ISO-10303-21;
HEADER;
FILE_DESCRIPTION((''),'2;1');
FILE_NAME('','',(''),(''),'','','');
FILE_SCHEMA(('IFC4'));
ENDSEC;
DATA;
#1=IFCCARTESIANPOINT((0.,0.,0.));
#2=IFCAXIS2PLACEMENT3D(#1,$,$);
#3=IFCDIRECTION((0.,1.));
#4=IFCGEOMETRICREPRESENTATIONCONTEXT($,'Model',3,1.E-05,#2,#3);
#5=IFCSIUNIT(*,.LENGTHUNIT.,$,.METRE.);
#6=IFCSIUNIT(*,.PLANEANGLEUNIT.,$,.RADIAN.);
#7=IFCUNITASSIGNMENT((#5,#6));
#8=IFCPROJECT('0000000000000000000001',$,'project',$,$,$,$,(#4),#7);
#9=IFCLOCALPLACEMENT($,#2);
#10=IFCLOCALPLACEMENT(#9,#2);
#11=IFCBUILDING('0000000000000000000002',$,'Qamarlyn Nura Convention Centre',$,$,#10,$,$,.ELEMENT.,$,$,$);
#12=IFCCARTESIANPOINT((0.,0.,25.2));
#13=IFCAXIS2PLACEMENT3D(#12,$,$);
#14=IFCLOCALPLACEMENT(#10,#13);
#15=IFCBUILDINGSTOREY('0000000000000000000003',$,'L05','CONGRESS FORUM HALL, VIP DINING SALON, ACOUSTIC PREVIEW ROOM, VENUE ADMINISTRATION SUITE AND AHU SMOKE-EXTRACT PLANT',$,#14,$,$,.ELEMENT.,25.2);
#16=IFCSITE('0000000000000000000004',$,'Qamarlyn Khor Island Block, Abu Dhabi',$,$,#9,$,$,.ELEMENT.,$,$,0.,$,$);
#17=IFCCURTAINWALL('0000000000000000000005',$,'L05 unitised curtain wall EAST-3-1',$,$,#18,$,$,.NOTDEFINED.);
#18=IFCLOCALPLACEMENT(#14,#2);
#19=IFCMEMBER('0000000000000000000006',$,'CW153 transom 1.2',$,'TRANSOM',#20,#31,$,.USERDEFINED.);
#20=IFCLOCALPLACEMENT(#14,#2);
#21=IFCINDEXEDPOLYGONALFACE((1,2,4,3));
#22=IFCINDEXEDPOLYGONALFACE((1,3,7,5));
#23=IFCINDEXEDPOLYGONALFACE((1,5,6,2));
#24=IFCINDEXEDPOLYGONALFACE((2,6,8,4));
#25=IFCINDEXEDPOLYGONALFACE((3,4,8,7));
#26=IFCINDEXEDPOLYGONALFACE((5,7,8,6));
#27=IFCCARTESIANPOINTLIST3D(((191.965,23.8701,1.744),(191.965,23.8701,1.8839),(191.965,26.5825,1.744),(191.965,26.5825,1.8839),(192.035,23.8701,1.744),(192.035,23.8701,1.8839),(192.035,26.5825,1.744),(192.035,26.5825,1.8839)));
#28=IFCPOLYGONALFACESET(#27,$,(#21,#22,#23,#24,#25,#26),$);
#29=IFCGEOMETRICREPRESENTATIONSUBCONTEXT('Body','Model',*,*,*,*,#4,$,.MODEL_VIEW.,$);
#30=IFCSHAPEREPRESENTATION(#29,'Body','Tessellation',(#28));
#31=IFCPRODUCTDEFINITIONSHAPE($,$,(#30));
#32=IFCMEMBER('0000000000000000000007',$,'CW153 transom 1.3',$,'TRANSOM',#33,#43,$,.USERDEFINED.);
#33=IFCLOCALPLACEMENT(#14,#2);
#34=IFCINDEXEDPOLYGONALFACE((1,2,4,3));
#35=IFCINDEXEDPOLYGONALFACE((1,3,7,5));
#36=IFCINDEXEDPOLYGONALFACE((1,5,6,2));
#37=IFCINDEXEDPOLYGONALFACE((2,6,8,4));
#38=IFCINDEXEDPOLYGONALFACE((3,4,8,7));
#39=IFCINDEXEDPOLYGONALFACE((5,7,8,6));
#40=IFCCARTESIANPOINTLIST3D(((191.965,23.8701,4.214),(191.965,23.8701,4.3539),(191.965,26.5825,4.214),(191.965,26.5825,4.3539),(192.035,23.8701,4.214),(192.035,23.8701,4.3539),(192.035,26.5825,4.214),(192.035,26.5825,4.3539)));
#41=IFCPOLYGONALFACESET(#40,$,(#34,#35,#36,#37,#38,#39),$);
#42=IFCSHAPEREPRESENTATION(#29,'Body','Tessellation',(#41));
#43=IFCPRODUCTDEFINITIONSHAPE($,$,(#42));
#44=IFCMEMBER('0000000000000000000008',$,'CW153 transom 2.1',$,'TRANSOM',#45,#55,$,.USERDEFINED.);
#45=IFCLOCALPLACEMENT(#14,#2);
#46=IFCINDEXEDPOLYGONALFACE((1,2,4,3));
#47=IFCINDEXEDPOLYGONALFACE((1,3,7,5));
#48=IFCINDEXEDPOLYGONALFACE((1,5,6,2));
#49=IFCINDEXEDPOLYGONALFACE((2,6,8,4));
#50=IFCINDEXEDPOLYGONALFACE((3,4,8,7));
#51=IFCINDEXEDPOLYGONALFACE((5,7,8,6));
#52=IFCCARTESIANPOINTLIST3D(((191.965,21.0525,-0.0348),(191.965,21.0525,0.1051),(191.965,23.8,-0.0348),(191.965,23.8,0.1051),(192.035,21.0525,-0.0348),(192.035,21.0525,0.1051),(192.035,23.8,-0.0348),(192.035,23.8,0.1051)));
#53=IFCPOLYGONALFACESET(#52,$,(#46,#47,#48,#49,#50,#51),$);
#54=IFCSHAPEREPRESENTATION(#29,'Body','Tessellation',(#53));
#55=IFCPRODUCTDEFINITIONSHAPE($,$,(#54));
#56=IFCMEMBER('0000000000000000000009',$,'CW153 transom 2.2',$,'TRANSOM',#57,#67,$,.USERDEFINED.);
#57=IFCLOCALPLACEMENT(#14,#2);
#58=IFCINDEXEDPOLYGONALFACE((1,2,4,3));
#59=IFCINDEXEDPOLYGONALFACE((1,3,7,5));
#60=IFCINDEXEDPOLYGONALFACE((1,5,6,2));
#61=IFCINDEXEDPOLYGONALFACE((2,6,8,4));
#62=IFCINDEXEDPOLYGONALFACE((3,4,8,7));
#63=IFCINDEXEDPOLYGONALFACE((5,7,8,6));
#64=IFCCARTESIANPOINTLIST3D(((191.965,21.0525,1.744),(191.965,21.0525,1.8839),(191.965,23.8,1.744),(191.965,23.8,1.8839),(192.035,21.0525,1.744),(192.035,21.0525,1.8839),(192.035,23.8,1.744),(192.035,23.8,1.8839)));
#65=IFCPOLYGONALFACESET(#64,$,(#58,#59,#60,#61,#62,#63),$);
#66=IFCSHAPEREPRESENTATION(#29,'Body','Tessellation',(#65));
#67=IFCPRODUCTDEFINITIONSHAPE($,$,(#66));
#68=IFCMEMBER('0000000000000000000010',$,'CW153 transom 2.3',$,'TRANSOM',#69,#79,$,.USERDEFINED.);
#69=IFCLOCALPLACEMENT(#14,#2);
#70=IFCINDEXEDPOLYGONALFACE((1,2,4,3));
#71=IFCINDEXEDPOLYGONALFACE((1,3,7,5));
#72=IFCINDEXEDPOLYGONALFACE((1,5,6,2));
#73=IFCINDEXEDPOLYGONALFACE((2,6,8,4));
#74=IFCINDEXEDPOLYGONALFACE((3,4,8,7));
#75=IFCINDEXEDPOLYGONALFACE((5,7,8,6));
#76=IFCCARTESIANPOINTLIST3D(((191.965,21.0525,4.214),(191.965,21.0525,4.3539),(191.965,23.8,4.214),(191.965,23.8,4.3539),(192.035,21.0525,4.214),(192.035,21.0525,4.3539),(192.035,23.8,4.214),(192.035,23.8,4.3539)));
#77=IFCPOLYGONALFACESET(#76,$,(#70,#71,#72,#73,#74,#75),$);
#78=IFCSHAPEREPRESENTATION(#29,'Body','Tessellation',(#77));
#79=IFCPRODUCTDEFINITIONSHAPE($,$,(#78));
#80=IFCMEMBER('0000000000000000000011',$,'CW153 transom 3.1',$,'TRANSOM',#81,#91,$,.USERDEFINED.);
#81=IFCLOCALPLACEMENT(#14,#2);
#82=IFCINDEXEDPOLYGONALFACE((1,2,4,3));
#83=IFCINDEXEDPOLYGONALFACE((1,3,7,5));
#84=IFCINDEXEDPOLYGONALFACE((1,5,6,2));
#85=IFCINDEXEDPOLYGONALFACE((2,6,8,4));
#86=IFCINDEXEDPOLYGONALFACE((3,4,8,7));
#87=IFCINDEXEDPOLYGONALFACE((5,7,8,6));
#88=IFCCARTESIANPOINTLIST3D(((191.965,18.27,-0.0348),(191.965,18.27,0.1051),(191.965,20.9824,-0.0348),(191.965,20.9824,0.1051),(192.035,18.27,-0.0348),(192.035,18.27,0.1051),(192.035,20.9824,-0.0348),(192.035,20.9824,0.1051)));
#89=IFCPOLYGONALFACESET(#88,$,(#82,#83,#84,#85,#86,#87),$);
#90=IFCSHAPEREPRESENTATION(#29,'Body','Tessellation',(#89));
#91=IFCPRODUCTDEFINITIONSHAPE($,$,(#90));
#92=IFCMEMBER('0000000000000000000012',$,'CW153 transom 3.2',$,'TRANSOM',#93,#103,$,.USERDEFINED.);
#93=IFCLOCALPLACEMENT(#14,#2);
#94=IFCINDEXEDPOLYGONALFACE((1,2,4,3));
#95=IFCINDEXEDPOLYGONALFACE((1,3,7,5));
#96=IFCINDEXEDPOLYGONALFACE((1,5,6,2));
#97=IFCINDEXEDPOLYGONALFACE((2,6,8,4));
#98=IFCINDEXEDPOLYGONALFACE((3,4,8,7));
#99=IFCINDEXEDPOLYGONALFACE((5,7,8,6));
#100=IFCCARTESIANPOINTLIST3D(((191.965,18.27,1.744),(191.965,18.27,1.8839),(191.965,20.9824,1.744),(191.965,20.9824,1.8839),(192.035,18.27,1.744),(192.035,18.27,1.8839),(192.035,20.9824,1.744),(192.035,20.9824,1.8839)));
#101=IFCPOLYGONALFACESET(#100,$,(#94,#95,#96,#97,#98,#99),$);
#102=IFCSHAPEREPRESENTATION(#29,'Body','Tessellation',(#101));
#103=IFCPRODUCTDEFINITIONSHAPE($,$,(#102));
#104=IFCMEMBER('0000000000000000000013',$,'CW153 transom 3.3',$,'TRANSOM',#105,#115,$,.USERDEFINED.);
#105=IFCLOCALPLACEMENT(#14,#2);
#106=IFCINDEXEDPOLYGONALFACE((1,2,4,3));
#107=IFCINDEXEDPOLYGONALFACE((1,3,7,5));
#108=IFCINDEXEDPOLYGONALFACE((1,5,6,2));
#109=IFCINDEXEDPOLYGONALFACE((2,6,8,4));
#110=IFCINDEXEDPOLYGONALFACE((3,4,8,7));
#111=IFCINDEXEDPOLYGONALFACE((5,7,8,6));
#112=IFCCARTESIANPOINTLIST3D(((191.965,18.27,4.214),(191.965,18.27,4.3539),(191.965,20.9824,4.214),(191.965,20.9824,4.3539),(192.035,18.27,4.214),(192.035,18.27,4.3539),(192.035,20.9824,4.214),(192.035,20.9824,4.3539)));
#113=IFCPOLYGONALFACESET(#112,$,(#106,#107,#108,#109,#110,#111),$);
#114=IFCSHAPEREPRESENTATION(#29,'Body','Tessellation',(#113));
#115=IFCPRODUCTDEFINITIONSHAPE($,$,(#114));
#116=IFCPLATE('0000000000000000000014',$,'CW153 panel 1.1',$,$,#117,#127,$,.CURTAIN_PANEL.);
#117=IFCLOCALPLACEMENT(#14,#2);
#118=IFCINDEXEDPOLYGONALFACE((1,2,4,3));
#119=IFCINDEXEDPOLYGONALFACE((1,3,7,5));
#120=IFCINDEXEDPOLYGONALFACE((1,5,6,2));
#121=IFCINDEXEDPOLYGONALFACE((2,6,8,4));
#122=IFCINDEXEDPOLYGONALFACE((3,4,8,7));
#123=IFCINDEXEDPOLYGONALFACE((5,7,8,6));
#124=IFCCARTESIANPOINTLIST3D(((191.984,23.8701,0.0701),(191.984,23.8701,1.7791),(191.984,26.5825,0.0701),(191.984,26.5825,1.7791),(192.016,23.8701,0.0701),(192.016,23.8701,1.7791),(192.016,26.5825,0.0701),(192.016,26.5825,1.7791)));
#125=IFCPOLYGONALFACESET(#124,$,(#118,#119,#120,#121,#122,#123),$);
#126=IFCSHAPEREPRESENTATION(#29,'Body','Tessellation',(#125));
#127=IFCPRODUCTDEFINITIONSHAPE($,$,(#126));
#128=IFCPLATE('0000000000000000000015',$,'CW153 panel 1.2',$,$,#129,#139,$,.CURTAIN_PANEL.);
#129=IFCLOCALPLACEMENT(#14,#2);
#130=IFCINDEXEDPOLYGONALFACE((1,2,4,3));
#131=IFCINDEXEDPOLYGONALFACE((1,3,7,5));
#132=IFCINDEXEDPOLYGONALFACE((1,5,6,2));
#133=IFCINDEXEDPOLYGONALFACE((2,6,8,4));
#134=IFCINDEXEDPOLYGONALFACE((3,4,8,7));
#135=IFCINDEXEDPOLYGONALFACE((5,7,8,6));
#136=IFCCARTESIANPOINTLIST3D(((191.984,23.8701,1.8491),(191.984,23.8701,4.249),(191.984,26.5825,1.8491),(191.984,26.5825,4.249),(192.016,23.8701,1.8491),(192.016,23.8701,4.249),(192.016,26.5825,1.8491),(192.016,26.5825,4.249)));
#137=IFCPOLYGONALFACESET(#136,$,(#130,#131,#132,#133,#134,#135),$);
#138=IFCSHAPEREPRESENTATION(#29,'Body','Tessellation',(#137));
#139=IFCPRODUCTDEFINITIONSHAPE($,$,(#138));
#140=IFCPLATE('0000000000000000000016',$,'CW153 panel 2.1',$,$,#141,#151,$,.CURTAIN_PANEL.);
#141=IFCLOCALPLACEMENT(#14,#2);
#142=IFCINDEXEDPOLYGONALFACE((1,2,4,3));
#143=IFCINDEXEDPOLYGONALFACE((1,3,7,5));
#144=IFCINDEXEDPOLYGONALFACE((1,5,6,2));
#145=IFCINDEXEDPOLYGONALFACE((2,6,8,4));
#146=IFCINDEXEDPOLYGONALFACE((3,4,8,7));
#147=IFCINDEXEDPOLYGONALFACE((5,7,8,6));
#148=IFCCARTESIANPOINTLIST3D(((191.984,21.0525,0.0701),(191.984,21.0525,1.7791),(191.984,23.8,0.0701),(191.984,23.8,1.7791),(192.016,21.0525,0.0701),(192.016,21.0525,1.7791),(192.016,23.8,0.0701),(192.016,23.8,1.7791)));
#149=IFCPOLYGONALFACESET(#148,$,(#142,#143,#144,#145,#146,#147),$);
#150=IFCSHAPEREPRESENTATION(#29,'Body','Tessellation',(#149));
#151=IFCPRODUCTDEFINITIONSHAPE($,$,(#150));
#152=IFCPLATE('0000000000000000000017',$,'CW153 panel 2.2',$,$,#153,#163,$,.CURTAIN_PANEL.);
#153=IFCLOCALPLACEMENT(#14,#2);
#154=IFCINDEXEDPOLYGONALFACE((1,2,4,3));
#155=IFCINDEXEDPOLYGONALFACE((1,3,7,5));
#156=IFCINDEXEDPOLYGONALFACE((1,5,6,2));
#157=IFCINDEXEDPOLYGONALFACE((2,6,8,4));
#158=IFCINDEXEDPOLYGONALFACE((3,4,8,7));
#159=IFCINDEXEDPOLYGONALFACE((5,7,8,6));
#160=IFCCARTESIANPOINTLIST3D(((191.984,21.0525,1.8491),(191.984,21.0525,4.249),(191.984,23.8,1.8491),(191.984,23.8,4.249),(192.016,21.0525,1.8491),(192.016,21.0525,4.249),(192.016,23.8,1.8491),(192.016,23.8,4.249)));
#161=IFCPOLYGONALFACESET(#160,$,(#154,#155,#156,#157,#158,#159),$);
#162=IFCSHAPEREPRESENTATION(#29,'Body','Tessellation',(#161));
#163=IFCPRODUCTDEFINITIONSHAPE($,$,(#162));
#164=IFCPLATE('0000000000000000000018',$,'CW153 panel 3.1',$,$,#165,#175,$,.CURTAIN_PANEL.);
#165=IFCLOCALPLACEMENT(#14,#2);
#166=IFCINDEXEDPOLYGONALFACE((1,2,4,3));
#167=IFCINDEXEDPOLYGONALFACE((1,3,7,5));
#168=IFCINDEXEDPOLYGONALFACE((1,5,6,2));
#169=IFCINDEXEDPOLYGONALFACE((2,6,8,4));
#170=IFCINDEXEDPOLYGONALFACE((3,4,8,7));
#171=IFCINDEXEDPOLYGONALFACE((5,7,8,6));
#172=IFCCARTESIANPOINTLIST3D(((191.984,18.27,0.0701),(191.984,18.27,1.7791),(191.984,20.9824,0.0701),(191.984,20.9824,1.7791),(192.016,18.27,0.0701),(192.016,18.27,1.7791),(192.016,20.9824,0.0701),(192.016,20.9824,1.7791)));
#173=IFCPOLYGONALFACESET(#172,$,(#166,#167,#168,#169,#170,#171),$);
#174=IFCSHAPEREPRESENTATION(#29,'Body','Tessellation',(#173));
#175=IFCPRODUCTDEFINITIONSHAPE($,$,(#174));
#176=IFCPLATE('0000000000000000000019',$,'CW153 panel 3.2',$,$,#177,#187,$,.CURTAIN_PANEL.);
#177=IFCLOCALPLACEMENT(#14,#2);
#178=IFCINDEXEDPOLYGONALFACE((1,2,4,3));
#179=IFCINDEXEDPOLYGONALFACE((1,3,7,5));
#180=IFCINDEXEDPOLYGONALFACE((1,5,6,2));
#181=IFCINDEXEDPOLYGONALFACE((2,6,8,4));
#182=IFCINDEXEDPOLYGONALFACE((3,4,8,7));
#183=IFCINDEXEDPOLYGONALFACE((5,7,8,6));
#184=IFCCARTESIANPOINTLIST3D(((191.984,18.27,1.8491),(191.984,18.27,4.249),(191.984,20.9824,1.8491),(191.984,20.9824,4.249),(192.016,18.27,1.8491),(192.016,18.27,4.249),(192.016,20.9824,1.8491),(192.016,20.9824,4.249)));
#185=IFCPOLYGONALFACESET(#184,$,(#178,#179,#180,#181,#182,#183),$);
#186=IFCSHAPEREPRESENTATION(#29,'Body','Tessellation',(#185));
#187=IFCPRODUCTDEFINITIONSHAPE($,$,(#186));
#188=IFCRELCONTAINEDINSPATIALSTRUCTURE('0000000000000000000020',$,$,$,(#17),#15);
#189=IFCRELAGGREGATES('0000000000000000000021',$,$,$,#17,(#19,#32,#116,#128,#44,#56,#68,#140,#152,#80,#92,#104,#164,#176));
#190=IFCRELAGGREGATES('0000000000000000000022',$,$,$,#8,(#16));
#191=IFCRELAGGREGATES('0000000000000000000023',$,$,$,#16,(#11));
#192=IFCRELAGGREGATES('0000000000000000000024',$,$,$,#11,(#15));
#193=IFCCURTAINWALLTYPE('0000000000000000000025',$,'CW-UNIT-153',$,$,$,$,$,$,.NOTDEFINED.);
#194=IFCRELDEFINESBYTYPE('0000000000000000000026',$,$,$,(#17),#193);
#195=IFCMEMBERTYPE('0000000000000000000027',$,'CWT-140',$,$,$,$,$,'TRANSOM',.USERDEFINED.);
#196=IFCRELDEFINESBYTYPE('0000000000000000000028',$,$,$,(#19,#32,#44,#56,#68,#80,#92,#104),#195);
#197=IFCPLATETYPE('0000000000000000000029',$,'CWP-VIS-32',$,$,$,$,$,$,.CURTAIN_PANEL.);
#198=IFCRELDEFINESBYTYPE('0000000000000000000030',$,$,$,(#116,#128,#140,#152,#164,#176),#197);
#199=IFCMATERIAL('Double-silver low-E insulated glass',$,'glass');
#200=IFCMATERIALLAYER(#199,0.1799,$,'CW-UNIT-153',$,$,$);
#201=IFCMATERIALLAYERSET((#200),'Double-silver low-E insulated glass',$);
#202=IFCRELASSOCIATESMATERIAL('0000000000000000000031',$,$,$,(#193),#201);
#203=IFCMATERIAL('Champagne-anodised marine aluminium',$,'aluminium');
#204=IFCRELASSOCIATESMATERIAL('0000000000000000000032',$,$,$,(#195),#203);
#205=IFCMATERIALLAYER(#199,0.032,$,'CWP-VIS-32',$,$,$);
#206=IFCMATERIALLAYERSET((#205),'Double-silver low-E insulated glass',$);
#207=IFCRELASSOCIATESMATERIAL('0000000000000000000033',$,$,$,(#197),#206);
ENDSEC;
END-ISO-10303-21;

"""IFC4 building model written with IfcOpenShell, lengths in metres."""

from ifc_helpers import new_model, si_unit, direction, frame, origin, origin_2d, place, context, subcontext, project, spatial, rectangle, extrude, material, layer, layer_set, material_profile, profile_set, type_object, element, aggregate, save


model = new_model("IFC4")

# Units and contexts
model_context = context("Model", 3, precision=1e-05, world=origin(), true_north=direction((0.0, 1.0)))
body_context = subcontext(model_context, "Body", "Model", "MODEL_VIEW")
ifc_project = project(units=[si_unit("LENGTHUNIT", "METRE"), si_unit("PLANEANGLEUNIT", "RADIAN")], contexts=[model_context])

# Site, building, storey
site_placement = place(None, origin())
site = spatial("IfcSite", under=ifc_project, at=site_placement, Name="Qamarlyn Khor Island Block, Abu Dhabi", CompositionType="ELEMENT", RefElevation=0.0)
building_placement = place(site_placement, origin())
building = spatial("IfcBuilding", under=site, at=building_placement, Name="Qamarlyn Nura Convention Centre", CompositionType="ELEMENT")
storey_placement = place(building_placement, frame((0.0, 0.0, 25.2)))
storey = spatial("IfcBuildingStorey", under=building, at=storey_placement, Name="L05", Description="CONGRESS FORUM HALL, VIP DINING SALON, ACOUSTIC PREVIEW ROOM, VENUE ADMINISTRATION SUITE AND AHU SMOKE-EXTRACT PLANT", CompositionType="ELEMENT", Elevation=25.2)

# Curtain wall, members, plates
ifc_material_1 = material(Name="Double-silver low-E insulated glass", Category="glass")
ifc_layer_1 = layer(ifc_material_1, 0.1799, Name="CW-UNIT-153")
ifc_layer_set_1 = layer_set([ifc_layer_1], Name="Double-silver low-E insulated glass")
curtain_wall_type = type_object("IfcCurtainWallType", Name="CW-UNIT-153", PredefinedType="NOTDEFINED", material=ifc_layer_set_1)
curtain_wall_placement = place(storey_placement, origin())
curtain_wall = element("IfcCurtainWall", 1, at=curtain_wall_placement, inside=storey, type_object=curtain_wall_type, Name="L05 unitised curtain wall EAST-3-1", PredefinedType="NOTDEFINED")
ifc_material_2 = material(Name="Champagne-anodised marine aluminium", Category="aluminium")
ifc_material_profile_1 = material_profile(ifc_material_2, rectangle(XDim=0.0701, YDim=0.1399, at=origin_2d()), Name="ALU TRANSOM 70x140")
ifc_profile_set_1 = profile_set([ifc_material_profile_1], Name="Champagne-anodised marine aluminium")
member_type_1 = type_object("IfcMemberType", Name="CWT-140", ElementType="TRANSOM", PredefinedType="USERDEFINED", material=ifc_profile_set_1)
member_1_placement = place(storey_placement, frame((192.0, 26.5825, 1.814), z_axis=(0.0, -1.0, 0.0), x_axis=(1.0, 0.0, 0.0)))
member_1 = element("IfcMember", 2, at=member_1_placement, type_object=member_type_1, Name="CW153 transom 1.2", ObjectType="TRANSOM", PredefinedType="USERDEFINED", context=body_context, shape_type="SweptSolid", body=[
    extrude(rectangle(XDim=0.0701, YDim=0.1399, at=origin_2d()), origin(), (0.0, 0.0, 1.0), 2.7124),
])
member_2_placement = place(storey_placement, frame((192.0, 26.5825, 4.2839), z_axis=(0.0, -1.0, 0.0), x_axis=(1.0, 0.0, 0.0)))
member_2 = element("IfcMember", 3, at=member_2_placement, type_object=member_type_1, Name="CW153 transom 1.3", ObjectType="TRANSOM", PredefinedType="USERDEFINED", context=body_context, shape_type="SweptSolid", body=[
    extrude(rectangle(XDim=0.0701, YDim=0.1399, at=origin_2d()), origin(), (0.0, 0.0, 1.0), 2.7124),
])
member_3_placement = place(storey_placement, frame((192.0, 23.8, 0.0352), z_axis=(0.0, -1.0, 0.0), x_axis=(1.0, 0.0, 0.0)))
member_3 = element("IfcMember", 4, at=member_3_placement, type_object=member_type_1, Name="CW153 transom 2.1", ObjectType="TRANSOM", PredefinedType="USERDEFINED", context=body_context, shape_type="SweptSolid", body=[
    extrude(rectangle(XDim=0.0701, YDim=0.1399, at=origin_2d()), origin(), (0.0, 0.0, 1.0), 2.7476),
])
member_4_placement = place(storey_placement, frame((192.0, 23.8, 1.814), z_axis=(0.0, -1.0, 0.0), x_axis=(1.0, 0.0, 0.0)))
member_4 = element("IfcMember", 5, at=member_4_placement, type_object=member_type_1, Name="CW153 transom 2.2", ObjectType="TRANSOM", PredefinedType="USERDEFINED", context=body_context, shape_type="SweptSolid", body=[
    extrude(rectangle(XDim=0.0701, YDim=0.1399, at=origin_2d()), origin(), (0.0, 0.0, 1.0), 2.7476),
])
member_5_placement = place(storey_placement, frame((192.0, 23.8, 4.2839), z_axis=(0.0, -1.0, 0.0), x_axis=(1.0, 0.0, 0.0)))
member_5 = element("IfcMember", 6, at=member_5_placement, type_object=member_type_1, Name="CW153 transom 2.3", ObjectType="TRANSOM", PredefinedType="USERDEFINED", context=body_context, shape_type="SweptSolid", body=[
    extrude(rectangle(XDim=0.0701, YDim=0.1399, at=origin_2d()), origin(), (0.0, 0.0, 1.0), 2.7476),
])
member_6_placement = place(storey_placement, frame((192.0, 20.9824, 0.0352), z_axis=(0.0, -1.0, 0.0), x_axis=(1.0, 0.0, 0.0)))
member_6 = element("IfcMember", 7, at=member_6_placement, type_object=member_type_1, Name="CW153 transom 3.1", ObjectType="TRANSOM", PredefinedType="USERDEFINED", context=body_context, shape_type="SweptSolid", body=[
    extrude(rectangle(XDim=0.0701, YDim=0.1399, at=origin_2d()), origin(), (0.0, 0.0, 1.0), 2.7124),
])
member_7_placement = place(storey_placement, frame((192.0, 20.9824, 1.814), z_axis=(0.0, -1.0, 0.0), x_axis=(1.0, 0.0, 0.0)))
member_7 = element("IfcMember", 8, at=member_7_placement, type_object=member_type_1, Name="CW153 transom 3.2", ObjectType="TRANSOM", PredefinedType="USERDEFINED", context=body_context, shape_type="SweptSolid", body=[
    extrude(rectangle(XDim=0.0701, YDim=0.1399, at=origin_2d()), origin(), (0.0, 0.0, 1.0), 2.7124),
])
member_8_placement = place(storey_placement, frame((192.0, 20.9824, 4.2839), z_axis=(0.0, -1.0, 0.0), x_axis=(1.0, 0.0, 0.0)))
member_8 = element("IfcMember", 9, at=member_8_placement, type_object=member_type_1, Name="CW153 transom 3.3", ObjectType="TRANSOM", PredefinedType="USERDEFINED", context=body_context, shape_type="SweptSolid", body=[
    extrude(rectangle(XDim=0.0701, YDim=0.1399, at=origin_2d()), origin(), (0.0, 0.0, 1.0), 2.7124),
])
ifc_layer_2 = layer(ifc_material_1, 0.032, Name="CWP-VIS-32")
ifc_layer_set_2 = layer_set([ifc_layer_2], Name="Double-silver low-E insulated glass")
plate_type = type_object("IfcPlateType", Name="CWP-VIS-32", PredefinedType="CURTAIN_PANEL", material=ifc_layer_set_2)
plate_1_placement = place(storey_placement, frame((192.0, 25.2263, 0.0701), z_axis=(0.0, 0.0, 1.0), x_axis=(0.0, -1.0, 0.0)))
plate_1 = element("IfcPlate", 10, at=plate_1_placement, type_object=plate_type, Name="CW153 panel 1.1", PredefinedType="CURTAIN_PANEL", context=body_context, shape_type="SweptSolid", body=[
    extrude(rectangle(XDim=2.7124, YDim=0.032, at=origin_2d()), origin(), (0.0, 0.0, 1.0), 1.709),
])
plate_2_placement = place(storey_placement, frame((192.0, 25.2263, 1.8491), z_axis=(0.0, 0.0, 1.0), x_axis=(0.0, -1.0, 0.0)))
plate_2 = element("IfcPlate", 11, at=plate_2_placement, type_object=plate_type, Name="CW153 panel 1.2", PredefinedType="CURTAIN_PANEL", context=body_context, shape_type="SweptSolid", body=[
    extrude(rectangle(XDim=2.7124, YDim=0.032, at=origin_2d()), origin(), (0.0, 0.0, 1.0), 2.3999),
])
plate_3_placement = place(storey_placement, frame((192.0, 22.4263, 0.0701), z_axis=(0.0, 0.0, 1.0), x_axis=(0.0, -1.0, 0.0)))
plate_3 = element("IfcPlate", 12, at=plate_3_placement, type_object=plate_type, Name="CW153 panel 2.1", PredefinedType="CURTAIN_PANEL", context=body_context, shape_type="SweptSolid", body=[
    extrude(rectangle(XDim=2.7476, YDim=0.032, at=origin_2d()), origin(), (0.0, 0.0, 1.0), 1.709),
])
plate_4_placement = place(storey_placement, frame((192.0, 22.4263, 1.8491), z_axis=(0.0, 0.0, 1.0), x_axis=(0.0, -1.0, 0.0)))
plate_4 = element("IfcPlate", 13, at=plate_4_placement, type_object=plate_type, Name="CW153 panel 2.2", PredefinedType="CURTAIN_PANEL", context=body_context, shape_type="SweptSolid", body=[
    extrude(rectangle(XDim=2.7476, YDim=0.032, at=origin_2d()), origin(), (0.0, 0.0, 1.0), 2.3999),
])
plate_5_placement = place(storey_placement, frame((192.0, 19.6262, 0.0701), z_axis=(0.0, 0.0, 1.0), x_axis=(0.0, -1.0, 0.0)))
plate_5 = element("IfcPlate", 14, at=plate_5_placement, type_object=plate_type, Name="CW153 panel 3.1", PredefinedType="CURTAIN_PANEL", context=body_context, shape_type="SweptSolid", body=[
    extrude(rectangle(XDim=2.7124, YDim=0.032, at=origin_2d()), origin(), (0.0, 0.0, 1.0), 1.709),
])
plate_6_placement = place(storey_placement, frame((192.0, 19.6262, 1.8491), z_axis=(0.0, 0.0, 1.0), x_axis=(0.0, -1.0, 0.0)))
plate_6 = element("IfcPlate", 15, at=plate_6_placement, type_object=plate_type, Name="CW153 panel 3.2", PredefinedType="CURTAIN_PANEL", context=body_context, shape_type="SweptSolid", body=[
    extrude(rectangle(XDim=2.7124, YDim=0.032, at=origin_2d()), origin(), (0.0, 0.0, 1.0), 2.3999),
])
aggregate(curtain_wall, [member_1, member_2, plate_1, plate_2, member_3, member_4, member_5, plate_3, plate_4, member_6, member_7, member_8, plate_5, plate_6])

save(model, "model.ifc")
